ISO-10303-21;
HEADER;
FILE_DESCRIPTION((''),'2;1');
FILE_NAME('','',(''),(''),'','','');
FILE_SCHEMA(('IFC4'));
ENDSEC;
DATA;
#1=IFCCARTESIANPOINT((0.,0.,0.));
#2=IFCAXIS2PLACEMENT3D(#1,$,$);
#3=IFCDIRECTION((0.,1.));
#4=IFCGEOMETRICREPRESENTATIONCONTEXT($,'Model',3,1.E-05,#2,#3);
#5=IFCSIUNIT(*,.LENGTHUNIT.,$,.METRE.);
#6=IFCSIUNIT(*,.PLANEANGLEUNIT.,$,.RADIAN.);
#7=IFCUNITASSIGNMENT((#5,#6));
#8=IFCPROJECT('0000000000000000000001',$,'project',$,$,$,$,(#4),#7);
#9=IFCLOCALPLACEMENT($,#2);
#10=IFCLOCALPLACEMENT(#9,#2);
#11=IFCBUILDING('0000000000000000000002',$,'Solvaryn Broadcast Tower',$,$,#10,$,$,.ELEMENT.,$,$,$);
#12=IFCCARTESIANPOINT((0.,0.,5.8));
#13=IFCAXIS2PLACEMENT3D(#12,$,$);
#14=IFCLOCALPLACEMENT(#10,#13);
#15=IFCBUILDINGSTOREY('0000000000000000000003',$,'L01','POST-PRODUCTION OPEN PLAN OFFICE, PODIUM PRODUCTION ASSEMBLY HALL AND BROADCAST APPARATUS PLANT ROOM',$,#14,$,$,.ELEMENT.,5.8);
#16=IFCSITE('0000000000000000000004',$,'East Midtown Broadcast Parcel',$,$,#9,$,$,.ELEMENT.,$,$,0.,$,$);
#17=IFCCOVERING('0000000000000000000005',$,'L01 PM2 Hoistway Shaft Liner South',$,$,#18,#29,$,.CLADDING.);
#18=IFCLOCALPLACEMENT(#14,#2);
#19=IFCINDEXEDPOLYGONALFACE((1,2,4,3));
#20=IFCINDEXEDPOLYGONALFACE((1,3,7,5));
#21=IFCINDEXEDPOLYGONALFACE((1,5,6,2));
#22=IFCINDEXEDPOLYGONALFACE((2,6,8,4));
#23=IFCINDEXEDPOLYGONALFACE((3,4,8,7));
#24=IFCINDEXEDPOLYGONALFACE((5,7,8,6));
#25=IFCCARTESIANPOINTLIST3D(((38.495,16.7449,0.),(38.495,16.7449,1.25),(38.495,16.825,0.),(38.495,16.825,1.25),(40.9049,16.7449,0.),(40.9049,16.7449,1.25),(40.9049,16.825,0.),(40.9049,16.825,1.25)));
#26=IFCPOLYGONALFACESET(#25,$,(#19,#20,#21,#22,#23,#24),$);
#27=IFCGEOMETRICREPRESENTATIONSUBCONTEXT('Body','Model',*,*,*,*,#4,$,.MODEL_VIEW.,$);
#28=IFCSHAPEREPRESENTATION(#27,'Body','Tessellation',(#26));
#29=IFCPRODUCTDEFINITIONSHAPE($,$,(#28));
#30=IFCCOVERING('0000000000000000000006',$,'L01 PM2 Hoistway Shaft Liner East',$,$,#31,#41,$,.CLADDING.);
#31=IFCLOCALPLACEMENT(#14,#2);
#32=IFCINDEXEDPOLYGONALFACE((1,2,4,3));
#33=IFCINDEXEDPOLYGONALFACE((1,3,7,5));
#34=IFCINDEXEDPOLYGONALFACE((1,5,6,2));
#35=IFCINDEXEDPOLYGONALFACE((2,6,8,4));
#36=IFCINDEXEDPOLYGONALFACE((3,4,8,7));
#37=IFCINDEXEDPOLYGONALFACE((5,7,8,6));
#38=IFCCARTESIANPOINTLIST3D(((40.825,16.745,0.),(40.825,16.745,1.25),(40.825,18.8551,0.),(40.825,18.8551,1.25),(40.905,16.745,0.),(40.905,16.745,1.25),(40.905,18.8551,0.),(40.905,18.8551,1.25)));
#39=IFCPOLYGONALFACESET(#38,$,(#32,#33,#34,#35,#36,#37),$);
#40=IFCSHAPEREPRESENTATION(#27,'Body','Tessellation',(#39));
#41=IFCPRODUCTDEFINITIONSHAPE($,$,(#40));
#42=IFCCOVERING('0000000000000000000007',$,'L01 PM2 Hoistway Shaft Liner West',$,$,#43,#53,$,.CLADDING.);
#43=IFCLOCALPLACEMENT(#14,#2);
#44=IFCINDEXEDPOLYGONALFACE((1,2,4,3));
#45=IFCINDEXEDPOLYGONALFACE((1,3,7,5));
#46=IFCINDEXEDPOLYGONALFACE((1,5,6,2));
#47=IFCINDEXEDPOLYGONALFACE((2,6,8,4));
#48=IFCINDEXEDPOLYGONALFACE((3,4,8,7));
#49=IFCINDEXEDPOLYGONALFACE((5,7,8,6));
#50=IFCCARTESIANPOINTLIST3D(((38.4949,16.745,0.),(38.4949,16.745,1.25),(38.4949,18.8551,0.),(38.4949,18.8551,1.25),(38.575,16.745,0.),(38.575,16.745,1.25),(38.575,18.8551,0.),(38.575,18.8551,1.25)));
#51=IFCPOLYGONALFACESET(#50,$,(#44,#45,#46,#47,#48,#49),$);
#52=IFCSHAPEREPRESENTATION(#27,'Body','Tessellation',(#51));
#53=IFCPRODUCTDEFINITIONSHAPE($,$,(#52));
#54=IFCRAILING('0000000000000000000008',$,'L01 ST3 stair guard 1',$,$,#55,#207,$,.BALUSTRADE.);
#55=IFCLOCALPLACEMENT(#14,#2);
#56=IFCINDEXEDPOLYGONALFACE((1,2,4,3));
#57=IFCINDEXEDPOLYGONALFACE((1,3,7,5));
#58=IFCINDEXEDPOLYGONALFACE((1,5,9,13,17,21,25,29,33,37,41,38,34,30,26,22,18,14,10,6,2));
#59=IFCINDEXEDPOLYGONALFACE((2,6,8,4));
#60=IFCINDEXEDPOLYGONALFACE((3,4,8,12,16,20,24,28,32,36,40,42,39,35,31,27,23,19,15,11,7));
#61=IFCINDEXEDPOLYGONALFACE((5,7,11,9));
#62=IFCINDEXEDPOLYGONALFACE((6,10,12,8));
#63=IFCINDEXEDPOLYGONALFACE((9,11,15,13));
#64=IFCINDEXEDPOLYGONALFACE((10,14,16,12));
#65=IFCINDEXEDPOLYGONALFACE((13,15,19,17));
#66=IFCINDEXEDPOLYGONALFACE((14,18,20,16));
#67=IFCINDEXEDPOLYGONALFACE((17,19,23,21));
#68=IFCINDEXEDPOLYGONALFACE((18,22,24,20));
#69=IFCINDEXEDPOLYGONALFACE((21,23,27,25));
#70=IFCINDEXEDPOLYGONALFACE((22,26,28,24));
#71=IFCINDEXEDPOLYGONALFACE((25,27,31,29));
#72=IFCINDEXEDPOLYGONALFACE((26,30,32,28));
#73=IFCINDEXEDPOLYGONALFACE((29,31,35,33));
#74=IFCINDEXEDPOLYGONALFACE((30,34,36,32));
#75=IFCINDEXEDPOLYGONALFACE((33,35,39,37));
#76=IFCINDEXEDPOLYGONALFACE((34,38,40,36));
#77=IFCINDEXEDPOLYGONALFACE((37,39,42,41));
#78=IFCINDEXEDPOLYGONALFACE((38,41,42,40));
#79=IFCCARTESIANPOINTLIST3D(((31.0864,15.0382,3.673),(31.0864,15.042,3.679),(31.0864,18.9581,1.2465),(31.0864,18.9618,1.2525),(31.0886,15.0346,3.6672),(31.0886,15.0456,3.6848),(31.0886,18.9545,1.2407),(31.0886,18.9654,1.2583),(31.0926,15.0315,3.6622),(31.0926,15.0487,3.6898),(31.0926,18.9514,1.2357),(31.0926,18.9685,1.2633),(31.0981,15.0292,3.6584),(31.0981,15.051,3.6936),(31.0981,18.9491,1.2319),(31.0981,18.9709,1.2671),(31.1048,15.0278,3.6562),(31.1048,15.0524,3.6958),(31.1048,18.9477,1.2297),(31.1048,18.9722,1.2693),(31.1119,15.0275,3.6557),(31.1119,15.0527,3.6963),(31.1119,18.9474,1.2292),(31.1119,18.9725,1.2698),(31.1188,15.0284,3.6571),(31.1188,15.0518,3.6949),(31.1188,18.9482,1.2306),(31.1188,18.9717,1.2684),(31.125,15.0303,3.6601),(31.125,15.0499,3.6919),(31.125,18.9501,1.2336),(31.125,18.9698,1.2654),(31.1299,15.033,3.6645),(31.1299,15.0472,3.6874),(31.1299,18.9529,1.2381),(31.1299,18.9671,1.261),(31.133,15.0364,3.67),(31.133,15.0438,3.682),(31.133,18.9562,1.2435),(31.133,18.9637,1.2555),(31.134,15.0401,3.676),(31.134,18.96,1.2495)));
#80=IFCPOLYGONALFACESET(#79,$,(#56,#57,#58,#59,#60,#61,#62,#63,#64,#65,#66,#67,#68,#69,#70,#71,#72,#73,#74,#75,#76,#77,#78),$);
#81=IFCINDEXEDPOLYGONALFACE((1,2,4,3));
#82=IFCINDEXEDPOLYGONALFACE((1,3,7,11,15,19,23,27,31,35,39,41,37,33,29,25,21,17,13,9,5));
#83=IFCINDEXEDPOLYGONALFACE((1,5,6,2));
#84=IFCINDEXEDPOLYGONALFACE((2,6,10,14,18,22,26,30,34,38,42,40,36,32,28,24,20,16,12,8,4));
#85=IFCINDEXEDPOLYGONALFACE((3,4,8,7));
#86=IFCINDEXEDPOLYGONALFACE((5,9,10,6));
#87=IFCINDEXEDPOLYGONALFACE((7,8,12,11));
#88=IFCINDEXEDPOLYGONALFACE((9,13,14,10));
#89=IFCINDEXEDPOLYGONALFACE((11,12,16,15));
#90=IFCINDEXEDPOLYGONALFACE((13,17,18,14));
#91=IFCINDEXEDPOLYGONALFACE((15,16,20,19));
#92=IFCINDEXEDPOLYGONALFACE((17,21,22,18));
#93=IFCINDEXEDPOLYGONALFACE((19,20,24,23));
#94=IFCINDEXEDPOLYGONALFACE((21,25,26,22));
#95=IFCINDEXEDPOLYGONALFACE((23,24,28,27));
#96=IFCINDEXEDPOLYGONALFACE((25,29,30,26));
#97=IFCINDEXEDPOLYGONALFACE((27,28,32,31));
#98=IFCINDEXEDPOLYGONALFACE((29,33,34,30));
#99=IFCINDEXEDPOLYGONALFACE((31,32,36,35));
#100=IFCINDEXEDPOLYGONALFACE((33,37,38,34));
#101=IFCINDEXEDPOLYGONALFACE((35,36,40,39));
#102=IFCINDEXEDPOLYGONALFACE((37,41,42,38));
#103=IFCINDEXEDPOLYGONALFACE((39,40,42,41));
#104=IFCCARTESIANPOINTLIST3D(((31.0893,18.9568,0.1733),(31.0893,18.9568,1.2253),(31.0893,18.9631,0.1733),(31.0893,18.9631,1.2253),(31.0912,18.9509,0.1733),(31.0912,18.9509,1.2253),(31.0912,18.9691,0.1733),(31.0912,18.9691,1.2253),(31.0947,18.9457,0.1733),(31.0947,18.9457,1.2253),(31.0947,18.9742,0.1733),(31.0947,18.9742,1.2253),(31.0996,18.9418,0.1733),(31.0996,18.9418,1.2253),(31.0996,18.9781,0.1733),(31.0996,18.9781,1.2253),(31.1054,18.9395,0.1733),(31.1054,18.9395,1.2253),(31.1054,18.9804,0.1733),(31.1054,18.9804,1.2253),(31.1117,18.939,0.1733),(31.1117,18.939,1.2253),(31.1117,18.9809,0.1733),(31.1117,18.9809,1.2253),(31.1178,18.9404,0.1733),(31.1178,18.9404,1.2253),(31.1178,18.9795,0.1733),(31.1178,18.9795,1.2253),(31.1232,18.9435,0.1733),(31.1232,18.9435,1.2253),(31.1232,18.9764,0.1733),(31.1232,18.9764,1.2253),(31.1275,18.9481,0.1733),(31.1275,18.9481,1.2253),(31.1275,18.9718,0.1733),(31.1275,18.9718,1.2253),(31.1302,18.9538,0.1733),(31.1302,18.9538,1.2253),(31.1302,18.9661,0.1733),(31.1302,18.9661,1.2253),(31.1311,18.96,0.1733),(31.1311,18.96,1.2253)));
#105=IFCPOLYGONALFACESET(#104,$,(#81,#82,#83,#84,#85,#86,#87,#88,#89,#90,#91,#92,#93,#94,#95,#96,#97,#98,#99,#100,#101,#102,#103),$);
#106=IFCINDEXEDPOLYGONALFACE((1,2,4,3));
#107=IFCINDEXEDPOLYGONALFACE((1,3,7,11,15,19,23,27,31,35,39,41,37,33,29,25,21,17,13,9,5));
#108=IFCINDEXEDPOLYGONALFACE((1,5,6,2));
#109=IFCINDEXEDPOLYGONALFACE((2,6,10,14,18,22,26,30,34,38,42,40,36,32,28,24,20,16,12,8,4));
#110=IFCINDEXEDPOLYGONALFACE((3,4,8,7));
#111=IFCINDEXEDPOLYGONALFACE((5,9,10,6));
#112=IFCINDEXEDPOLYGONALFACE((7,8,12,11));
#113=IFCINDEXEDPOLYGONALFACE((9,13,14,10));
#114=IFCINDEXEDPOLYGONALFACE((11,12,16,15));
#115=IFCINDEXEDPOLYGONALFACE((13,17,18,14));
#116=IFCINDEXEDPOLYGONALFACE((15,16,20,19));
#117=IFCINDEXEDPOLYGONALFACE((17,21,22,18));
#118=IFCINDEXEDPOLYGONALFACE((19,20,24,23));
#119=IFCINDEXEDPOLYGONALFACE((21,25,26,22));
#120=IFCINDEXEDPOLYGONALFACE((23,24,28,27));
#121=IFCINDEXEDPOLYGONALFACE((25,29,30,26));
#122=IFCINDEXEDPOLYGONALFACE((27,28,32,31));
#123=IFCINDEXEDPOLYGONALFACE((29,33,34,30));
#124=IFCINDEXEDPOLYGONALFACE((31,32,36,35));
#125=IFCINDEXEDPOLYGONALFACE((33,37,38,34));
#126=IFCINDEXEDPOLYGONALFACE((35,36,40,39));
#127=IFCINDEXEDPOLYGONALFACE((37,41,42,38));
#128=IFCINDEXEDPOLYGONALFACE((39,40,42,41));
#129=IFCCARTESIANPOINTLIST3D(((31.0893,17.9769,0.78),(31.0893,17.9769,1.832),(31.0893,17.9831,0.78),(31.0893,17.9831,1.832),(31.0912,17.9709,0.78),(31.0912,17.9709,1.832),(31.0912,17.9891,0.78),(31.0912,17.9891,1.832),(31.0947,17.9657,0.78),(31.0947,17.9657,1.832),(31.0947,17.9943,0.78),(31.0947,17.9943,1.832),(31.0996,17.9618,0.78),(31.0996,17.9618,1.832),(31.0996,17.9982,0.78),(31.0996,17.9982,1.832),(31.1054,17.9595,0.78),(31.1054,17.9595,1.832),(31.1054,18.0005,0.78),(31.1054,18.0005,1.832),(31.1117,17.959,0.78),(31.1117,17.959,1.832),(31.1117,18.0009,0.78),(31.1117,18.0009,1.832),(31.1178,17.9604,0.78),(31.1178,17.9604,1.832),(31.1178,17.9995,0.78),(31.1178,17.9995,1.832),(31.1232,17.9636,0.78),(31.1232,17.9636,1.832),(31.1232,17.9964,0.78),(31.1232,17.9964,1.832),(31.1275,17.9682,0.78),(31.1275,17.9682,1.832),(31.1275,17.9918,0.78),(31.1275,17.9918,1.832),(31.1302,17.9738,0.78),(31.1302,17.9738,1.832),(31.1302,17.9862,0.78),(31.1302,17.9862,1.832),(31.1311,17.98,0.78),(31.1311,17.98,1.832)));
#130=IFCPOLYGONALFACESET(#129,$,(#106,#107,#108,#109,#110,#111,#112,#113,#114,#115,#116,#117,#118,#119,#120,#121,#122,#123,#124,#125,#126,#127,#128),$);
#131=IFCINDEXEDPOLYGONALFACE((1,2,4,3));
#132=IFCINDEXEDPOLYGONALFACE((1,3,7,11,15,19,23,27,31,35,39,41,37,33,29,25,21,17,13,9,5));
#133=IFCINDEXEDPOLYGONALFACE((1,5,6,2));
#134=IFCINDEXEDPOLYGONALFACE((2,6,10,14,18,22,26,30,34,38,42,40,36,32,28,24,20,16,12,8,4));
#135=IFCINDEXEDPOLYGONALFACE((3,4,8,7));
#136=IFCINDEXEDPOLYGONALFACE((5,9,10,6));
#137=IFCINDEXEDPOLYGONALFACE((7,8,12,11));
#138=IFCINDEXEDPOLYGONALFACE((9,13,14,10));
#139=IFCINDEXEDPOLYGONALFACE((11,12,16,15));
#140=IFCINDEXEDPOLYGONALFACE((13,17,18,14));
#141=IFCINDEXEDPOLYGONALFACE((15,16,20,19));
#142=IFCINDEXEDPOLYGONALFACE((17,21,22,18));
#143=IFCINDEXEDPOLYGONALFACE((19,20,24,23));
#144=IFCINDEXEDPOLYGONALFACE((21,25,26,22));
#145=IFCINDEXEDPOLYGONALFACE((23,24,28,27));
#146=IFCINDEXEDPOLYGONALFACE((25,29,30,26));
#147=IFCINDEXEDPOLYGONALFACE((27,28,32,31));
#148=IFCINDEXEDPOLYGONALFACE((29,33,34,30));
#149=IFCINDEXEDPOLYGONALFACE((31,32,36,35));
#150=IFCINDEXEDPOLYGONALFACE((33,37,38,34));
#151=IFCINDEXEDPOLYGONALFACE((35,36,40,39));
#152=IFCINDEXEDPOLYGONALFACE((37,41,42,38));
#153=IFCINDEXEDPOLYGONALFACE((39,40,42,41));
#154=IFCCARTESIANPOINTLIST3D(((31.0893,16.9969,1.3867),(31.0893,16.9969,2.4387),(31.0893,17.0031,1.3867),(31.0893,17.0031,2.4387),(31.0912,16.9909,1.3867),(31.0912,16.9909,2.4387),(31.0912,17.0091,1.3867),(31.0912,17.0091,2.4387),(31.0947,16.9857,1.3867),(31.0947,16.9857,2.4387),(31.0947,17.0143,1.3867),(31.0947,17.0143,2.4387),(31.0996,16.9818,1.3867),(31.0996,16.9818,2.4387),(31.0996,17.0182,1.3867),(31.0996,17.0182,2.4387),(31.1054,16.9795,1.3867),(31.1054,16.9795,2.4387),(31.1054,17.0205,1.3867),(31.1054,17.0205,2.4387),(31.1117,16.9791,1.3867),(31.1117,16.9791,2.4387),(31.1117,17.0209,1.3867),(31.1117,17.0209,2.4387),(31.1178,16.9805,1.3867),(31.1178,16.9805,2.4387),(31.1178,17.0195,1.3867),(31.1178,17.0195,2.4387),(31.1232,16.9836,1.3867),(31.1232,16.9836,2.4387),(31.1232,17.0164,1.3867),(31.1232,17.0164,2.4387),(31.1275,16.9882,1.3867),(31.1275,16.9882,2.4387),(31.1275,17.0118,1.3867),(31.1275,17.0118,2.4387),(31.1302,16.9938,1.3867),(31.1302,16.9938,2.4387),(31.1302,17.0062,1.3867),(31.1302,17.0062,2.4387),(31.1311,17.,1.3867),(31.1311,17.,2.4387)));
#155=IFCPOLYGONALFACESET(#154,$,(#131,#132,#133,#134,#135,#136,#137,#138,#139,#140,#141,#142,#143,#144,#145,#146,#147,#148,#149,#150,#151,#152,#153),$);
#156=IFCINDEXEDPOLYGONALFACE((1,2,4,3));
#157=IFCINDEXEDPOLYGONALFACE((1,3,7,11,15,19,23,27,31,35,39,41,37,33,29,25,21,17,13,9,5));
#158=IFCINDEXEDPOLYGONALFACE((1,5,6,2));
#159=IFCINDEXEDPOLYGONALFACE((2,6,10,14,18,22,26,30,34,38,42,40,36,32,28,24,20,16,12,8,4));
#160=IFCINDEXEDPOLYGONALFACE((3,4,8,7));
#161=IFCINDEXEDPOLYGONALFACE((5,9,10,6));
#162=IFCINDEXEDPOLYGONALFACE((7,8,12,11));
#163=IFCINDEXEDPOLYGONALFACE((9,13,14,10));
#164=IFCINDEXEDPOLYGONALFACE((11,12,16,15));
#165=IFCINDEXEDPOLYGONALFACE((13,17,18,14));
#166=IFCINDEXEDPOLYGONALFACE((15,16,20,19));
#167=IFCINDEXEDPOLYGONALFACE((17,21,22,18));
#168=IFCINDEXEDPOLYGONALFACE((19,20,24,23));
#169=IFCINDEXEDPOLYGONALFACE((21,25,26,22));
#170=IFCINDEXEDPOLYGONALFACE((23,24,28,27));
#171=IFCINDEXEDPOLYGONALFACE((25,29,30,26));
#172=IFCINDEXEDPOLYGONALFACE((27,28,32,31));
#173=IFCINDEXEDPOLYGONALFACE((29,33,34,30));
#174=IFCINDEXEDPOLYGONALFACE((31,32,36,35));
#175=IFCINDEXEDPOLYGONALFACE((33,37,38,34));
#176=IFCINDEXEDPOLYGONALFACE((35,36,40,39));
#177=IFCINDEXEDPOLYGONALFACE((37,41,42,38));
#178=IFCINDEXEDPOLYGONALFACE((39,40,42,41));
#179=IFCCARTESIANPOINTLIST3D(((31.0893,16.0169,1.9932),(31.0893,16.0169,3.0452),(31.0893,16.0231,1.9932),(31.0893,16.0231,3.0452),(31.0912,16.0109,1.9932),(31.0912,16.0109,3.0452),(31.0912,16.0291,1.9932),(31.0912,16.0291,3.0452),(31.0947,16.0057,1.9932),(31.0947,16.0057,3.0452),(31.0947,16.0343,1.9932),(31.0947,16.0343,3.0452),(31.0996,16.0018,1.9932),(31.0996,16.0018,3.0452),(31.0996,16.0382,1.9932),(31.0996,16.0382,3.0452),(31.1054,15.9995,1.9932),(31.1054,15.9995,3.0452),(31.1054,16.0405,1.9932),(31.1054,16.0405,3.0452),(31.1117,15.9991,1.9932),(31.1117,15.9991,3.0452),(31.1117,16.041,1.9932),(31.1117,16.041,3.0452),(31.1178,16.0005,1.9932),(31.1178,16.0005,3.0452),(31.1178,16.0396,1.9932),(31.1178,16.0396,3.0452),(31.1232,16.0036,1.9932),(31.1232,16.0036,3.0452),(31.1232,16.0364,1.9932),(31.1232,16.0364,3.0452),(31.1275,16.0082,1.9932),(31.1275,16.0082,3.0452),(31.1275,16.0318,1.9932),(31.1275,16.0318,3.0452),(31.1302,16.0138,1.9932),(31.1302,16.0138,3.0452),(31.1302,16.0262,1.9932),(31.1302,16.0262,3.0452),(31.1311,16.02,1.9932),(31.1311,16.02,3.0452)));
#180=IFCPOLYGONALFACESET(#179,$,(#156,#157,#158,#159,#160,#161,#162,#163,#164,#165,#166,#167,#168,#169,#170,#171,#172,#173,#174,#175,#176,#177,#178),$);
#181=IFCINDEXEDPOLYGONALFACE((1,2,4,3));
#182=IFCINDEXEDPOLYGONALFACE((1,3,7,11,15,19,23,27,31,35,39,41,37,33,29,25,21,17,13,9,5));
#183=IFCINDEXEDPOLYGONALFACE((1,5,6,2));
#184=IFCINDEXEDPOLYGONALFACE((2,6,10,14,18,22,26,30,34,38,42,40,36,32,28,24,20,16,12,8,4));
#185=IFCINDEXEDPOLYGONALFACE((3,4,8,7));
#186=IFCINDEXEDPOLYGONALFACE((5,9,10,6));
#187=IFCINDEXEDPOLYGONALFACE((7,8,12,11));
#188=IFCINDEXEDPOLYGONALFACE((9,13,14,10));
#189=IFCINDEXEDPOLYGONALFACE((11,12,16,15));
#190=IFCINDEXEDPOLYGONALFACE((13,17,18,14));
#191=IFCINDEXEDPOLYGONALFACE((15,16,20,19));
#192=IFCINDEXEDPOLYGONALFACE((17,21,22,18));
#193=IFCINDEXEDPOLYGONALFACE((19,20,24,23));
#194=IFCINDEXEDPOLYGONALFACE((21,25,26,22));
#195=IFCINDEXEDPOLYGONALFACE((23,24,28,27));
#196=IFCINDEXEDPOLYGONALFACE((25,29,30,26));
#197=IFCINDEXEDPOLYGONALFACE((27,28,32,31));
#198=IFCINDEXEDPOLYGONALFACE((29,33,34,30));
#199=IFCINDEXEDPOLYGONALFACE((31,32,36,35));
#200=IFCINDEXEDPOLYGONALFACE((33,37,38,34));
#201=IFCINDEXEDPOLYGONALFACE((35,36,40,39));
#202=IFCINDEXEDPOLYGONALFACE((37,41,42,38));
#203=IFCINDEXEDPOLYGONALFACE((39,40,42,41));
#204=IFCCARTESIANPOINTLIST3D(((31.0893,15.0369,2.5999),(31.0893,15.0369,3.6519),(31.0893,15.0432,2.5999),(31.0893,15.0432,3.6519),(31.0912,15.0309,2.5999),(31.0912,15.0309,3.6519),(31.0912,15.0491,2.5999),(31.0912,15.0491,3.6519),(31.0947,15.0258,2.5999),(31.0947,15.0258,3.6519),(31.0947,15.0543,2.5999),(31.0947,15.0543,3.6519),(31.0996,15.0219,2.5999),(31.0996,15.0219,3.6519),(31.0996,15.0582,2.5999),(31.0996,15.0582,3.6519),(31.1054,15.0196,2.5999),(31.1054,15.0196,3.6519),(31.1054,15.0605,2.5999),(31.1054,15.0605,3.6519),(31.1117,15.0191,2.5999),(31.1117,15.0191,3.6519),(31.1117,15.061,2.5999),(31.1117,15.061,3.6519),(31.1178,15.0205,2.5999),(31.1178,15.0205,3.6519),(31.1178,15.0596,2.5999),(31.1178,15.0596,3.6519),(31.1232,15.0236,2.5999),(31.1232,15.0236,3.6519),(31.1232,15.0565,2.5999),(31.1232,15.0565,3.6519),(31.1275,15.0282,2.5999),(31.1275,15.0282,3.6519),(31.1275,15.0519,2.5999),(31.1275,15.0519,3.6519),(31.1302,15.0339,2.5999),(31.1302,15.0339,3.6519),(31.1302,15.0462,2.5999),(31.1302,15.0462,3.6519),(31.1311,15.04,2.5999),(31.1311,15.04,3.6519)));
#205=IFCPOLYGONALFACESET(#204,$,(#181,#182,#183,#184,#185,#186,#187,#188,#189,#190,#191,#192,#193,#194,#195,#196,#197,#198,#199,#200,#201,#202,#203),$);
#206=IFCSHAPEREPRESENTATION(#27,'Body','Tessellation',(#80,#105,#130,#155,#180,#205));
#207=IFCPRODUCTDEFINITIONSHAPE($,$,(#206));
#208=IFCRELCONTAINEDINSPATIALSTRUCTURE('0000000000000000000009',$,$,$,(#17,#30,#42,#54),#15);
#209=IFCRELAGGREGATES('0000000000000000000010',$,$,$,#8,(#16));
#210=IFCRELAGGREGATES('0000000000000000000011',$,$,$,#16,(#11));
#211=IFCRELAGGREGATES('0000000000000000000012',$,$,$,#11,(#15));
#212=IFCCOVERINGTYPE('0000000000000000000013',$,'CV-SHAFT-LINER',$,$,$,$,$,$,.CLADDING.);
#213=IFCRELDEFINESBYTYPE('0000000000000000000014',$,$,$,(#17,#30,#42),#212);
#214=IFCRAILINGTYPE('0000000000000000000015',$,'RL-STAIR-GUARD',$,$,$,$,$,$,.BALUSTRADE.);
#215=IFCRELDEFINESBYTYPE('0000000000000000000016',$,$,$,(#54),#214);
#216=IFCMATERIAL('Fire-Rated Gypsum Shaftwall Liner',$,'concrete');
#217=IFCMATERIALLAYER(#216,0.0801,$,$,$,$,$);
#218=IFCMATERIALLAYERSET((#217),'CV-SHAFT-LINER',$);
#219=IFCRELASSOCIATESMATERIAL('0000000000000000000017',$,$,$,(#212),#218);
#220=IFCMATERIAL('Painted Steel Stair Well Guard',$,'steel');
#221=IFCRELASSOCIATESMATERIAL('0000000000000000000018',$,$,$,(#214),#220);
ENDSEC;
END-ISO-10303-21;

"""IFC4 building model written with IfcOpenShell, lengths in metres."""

from ifc_helpers import new_model, si_unit, direction, frame, origin, origin_2d, place, context, subcontext, project, spatial, rectangle, circle, extrude, material, layer, layer_set, type_object, element, save


model = new_model("IFC4")

# Units and contexts
model_context = context("Model", 3, precision=1e-05, world=origin(), true_north=direction((0.0, 1.0)))
body_context = subcontext(model_context, "Body", "Model", "MODEL_VIEW")
ifc_project = project(units=[si_unit("LENGTHUNIT", "METRE"), si_unit("PLANEANGLEUNIT", "RADIAN")], contexts=[model_context])

# Site, building, storey
site_placement = place(None, origin())
site = spatial("IfcSite", under=ifc_project, at=site_placement, Name="East Midtown Broadcast Parcel", CompositionType="ELEMENT", RefElevation=0.0)
building_placement = place(site_placement, origin())
building = spatial("IfcBuilding", under=site, at=building_placement, Name="Solvaryn Broadcast Tower", CompositionType="ELEMENT")
storey_placement = place(building_placement, frame((0.0, 0.0, 5.8)))
storey = spatial("IfcBuildingStorey", under=building, at=storey_placement, Name="L01", Description="POST-PRODUCTION OPEN PLAN OFFICE, PODIUM PRODUCTION ASSEMBLY HALL AND BROADCAST APPARATUS PLANT ROOM", CompositionType="ELEMENT", Elevation=5.8)

# Coverings
ifc_material_1 = material(Name="Fire-Rated Gypsum Shaftwall Liner", Category="concrete")
ifc_layer_1 = layer(ifc_material_1, 0.0801)
ifc_layer_set_1 = layer_set([ifc_layer_1], Name="CV-SHAFT-LINER")
covering_type = type_object("IfcCoveringType", Name="CV-SHAFT-LINER", PredefinedType="CLADDING", material=ifc_layer_set_1)
for number, where, z_axis, x_axis, name in (
    (1, (39.7, 16.7849, 0.0), (0.0, 0.0, 1.0), (1.0, 0.0, 0.0), "L01 PM2 Hoistway Shaft Liner South"),
):
    element("IfcCovering", number, at=place(storey_placement, frame(where, z_axis=z_axis, x_axis=x_axis)), inside=storey, type_object=covering_type, Name=name, PredefinedType="CLADDING", context=body_context, shape_type="SweptSolid", body=[
        extrude(rectangle(XDim=2.4099, YDim=0.0801, at=origin_2d()), origin(), (0.0, 0.0, 1.0), 1.25),
    ])
for number, where, z_axis, x_axis, name in (
    (2, (40.865, 17.8, 0.0), (0.0, 0.0, 1.0), (1.0, 0.0, 0.0), "L01 PM2 Hoistway Shaft Liner East"),
    (3, (38.5349, 17.8, 0.0), (0.0, 0.0, 1.0), (1.0, 0.0, 0.0), "L01 PM2 Hoistway Shaft Liner West"),
):
    element("IfcCovering", number, at=place(storey_placement, frame(where, z_axis=z_axis, x_axis=x_axis)), inside=storey, type_object=covering_type, Name=name, PredefinedType="CLADDING", context=body_context, shape_type="SweptSolid", body=[
        extrude(rectangle(XDim=0.0801, YDim=2.1101, at=origin_2d()), origin(), (0.0, 0.0, 1.0), 1.25),
    ])

# Railing
ifc_material_2 = material(Name="Painted Steel Stair Well Guard", Category="steel")
railing_type_1 = type_object("IfcRailingType", Name="RL-STAIR-GUARD", PredefinedType="BALUSTRADE", material=ifc_material_2)
railing_1_placement = place(storey_placement, frame((31.1101, 18.96, 0.1733)))
element("IfcRailing", 4, at=railing_1_placement, inside=storey, type_object=railing_type_1, Name="L01 ST3 stair guard 1", PredefinedType="BALUSTRADE", context=body_context, shape_type="SweptSolid", body=[
    extrude(circle(Radius=0.0239, at=origin_2d()), frame((0.0, 0.0, 1.0762), z_axis=(0.0, -0.850275, 0.526338), x_axis=(1.0, 0.0, 0.0)), (0.0, 0.0, 1.0), 4.6101),
    extrude(circle(Radius=0.021, at=origin_2d()), origin(), (0.0, 0.0, 1.0), 1.052),
    extrude(circle(Radius=0.021, at=origin_2d()), frame((0.0, -0.98, 0.6067)), (0.0, 0.0, 1.0), 1.052),
    extrude(circle(Radius=0.021, at=origin_2d()), frame((0.0, -1.96, 1.2134)), (0.0, 0.0, 1.0), 1.052),
    extrude(circle(Radius=0.021, at=origin_2d()), frame((0.0, -2.9399, 1.8198)), (0.0, 0.0, 1.0), 1.052),
    extrude(circle(Radius=0.021, at=origin_2d()), frame((0.0, -3.9199, 2.4265)), (0.0, 0.0, 1.0), 1.052),
])

save(model, "model.ifc")
